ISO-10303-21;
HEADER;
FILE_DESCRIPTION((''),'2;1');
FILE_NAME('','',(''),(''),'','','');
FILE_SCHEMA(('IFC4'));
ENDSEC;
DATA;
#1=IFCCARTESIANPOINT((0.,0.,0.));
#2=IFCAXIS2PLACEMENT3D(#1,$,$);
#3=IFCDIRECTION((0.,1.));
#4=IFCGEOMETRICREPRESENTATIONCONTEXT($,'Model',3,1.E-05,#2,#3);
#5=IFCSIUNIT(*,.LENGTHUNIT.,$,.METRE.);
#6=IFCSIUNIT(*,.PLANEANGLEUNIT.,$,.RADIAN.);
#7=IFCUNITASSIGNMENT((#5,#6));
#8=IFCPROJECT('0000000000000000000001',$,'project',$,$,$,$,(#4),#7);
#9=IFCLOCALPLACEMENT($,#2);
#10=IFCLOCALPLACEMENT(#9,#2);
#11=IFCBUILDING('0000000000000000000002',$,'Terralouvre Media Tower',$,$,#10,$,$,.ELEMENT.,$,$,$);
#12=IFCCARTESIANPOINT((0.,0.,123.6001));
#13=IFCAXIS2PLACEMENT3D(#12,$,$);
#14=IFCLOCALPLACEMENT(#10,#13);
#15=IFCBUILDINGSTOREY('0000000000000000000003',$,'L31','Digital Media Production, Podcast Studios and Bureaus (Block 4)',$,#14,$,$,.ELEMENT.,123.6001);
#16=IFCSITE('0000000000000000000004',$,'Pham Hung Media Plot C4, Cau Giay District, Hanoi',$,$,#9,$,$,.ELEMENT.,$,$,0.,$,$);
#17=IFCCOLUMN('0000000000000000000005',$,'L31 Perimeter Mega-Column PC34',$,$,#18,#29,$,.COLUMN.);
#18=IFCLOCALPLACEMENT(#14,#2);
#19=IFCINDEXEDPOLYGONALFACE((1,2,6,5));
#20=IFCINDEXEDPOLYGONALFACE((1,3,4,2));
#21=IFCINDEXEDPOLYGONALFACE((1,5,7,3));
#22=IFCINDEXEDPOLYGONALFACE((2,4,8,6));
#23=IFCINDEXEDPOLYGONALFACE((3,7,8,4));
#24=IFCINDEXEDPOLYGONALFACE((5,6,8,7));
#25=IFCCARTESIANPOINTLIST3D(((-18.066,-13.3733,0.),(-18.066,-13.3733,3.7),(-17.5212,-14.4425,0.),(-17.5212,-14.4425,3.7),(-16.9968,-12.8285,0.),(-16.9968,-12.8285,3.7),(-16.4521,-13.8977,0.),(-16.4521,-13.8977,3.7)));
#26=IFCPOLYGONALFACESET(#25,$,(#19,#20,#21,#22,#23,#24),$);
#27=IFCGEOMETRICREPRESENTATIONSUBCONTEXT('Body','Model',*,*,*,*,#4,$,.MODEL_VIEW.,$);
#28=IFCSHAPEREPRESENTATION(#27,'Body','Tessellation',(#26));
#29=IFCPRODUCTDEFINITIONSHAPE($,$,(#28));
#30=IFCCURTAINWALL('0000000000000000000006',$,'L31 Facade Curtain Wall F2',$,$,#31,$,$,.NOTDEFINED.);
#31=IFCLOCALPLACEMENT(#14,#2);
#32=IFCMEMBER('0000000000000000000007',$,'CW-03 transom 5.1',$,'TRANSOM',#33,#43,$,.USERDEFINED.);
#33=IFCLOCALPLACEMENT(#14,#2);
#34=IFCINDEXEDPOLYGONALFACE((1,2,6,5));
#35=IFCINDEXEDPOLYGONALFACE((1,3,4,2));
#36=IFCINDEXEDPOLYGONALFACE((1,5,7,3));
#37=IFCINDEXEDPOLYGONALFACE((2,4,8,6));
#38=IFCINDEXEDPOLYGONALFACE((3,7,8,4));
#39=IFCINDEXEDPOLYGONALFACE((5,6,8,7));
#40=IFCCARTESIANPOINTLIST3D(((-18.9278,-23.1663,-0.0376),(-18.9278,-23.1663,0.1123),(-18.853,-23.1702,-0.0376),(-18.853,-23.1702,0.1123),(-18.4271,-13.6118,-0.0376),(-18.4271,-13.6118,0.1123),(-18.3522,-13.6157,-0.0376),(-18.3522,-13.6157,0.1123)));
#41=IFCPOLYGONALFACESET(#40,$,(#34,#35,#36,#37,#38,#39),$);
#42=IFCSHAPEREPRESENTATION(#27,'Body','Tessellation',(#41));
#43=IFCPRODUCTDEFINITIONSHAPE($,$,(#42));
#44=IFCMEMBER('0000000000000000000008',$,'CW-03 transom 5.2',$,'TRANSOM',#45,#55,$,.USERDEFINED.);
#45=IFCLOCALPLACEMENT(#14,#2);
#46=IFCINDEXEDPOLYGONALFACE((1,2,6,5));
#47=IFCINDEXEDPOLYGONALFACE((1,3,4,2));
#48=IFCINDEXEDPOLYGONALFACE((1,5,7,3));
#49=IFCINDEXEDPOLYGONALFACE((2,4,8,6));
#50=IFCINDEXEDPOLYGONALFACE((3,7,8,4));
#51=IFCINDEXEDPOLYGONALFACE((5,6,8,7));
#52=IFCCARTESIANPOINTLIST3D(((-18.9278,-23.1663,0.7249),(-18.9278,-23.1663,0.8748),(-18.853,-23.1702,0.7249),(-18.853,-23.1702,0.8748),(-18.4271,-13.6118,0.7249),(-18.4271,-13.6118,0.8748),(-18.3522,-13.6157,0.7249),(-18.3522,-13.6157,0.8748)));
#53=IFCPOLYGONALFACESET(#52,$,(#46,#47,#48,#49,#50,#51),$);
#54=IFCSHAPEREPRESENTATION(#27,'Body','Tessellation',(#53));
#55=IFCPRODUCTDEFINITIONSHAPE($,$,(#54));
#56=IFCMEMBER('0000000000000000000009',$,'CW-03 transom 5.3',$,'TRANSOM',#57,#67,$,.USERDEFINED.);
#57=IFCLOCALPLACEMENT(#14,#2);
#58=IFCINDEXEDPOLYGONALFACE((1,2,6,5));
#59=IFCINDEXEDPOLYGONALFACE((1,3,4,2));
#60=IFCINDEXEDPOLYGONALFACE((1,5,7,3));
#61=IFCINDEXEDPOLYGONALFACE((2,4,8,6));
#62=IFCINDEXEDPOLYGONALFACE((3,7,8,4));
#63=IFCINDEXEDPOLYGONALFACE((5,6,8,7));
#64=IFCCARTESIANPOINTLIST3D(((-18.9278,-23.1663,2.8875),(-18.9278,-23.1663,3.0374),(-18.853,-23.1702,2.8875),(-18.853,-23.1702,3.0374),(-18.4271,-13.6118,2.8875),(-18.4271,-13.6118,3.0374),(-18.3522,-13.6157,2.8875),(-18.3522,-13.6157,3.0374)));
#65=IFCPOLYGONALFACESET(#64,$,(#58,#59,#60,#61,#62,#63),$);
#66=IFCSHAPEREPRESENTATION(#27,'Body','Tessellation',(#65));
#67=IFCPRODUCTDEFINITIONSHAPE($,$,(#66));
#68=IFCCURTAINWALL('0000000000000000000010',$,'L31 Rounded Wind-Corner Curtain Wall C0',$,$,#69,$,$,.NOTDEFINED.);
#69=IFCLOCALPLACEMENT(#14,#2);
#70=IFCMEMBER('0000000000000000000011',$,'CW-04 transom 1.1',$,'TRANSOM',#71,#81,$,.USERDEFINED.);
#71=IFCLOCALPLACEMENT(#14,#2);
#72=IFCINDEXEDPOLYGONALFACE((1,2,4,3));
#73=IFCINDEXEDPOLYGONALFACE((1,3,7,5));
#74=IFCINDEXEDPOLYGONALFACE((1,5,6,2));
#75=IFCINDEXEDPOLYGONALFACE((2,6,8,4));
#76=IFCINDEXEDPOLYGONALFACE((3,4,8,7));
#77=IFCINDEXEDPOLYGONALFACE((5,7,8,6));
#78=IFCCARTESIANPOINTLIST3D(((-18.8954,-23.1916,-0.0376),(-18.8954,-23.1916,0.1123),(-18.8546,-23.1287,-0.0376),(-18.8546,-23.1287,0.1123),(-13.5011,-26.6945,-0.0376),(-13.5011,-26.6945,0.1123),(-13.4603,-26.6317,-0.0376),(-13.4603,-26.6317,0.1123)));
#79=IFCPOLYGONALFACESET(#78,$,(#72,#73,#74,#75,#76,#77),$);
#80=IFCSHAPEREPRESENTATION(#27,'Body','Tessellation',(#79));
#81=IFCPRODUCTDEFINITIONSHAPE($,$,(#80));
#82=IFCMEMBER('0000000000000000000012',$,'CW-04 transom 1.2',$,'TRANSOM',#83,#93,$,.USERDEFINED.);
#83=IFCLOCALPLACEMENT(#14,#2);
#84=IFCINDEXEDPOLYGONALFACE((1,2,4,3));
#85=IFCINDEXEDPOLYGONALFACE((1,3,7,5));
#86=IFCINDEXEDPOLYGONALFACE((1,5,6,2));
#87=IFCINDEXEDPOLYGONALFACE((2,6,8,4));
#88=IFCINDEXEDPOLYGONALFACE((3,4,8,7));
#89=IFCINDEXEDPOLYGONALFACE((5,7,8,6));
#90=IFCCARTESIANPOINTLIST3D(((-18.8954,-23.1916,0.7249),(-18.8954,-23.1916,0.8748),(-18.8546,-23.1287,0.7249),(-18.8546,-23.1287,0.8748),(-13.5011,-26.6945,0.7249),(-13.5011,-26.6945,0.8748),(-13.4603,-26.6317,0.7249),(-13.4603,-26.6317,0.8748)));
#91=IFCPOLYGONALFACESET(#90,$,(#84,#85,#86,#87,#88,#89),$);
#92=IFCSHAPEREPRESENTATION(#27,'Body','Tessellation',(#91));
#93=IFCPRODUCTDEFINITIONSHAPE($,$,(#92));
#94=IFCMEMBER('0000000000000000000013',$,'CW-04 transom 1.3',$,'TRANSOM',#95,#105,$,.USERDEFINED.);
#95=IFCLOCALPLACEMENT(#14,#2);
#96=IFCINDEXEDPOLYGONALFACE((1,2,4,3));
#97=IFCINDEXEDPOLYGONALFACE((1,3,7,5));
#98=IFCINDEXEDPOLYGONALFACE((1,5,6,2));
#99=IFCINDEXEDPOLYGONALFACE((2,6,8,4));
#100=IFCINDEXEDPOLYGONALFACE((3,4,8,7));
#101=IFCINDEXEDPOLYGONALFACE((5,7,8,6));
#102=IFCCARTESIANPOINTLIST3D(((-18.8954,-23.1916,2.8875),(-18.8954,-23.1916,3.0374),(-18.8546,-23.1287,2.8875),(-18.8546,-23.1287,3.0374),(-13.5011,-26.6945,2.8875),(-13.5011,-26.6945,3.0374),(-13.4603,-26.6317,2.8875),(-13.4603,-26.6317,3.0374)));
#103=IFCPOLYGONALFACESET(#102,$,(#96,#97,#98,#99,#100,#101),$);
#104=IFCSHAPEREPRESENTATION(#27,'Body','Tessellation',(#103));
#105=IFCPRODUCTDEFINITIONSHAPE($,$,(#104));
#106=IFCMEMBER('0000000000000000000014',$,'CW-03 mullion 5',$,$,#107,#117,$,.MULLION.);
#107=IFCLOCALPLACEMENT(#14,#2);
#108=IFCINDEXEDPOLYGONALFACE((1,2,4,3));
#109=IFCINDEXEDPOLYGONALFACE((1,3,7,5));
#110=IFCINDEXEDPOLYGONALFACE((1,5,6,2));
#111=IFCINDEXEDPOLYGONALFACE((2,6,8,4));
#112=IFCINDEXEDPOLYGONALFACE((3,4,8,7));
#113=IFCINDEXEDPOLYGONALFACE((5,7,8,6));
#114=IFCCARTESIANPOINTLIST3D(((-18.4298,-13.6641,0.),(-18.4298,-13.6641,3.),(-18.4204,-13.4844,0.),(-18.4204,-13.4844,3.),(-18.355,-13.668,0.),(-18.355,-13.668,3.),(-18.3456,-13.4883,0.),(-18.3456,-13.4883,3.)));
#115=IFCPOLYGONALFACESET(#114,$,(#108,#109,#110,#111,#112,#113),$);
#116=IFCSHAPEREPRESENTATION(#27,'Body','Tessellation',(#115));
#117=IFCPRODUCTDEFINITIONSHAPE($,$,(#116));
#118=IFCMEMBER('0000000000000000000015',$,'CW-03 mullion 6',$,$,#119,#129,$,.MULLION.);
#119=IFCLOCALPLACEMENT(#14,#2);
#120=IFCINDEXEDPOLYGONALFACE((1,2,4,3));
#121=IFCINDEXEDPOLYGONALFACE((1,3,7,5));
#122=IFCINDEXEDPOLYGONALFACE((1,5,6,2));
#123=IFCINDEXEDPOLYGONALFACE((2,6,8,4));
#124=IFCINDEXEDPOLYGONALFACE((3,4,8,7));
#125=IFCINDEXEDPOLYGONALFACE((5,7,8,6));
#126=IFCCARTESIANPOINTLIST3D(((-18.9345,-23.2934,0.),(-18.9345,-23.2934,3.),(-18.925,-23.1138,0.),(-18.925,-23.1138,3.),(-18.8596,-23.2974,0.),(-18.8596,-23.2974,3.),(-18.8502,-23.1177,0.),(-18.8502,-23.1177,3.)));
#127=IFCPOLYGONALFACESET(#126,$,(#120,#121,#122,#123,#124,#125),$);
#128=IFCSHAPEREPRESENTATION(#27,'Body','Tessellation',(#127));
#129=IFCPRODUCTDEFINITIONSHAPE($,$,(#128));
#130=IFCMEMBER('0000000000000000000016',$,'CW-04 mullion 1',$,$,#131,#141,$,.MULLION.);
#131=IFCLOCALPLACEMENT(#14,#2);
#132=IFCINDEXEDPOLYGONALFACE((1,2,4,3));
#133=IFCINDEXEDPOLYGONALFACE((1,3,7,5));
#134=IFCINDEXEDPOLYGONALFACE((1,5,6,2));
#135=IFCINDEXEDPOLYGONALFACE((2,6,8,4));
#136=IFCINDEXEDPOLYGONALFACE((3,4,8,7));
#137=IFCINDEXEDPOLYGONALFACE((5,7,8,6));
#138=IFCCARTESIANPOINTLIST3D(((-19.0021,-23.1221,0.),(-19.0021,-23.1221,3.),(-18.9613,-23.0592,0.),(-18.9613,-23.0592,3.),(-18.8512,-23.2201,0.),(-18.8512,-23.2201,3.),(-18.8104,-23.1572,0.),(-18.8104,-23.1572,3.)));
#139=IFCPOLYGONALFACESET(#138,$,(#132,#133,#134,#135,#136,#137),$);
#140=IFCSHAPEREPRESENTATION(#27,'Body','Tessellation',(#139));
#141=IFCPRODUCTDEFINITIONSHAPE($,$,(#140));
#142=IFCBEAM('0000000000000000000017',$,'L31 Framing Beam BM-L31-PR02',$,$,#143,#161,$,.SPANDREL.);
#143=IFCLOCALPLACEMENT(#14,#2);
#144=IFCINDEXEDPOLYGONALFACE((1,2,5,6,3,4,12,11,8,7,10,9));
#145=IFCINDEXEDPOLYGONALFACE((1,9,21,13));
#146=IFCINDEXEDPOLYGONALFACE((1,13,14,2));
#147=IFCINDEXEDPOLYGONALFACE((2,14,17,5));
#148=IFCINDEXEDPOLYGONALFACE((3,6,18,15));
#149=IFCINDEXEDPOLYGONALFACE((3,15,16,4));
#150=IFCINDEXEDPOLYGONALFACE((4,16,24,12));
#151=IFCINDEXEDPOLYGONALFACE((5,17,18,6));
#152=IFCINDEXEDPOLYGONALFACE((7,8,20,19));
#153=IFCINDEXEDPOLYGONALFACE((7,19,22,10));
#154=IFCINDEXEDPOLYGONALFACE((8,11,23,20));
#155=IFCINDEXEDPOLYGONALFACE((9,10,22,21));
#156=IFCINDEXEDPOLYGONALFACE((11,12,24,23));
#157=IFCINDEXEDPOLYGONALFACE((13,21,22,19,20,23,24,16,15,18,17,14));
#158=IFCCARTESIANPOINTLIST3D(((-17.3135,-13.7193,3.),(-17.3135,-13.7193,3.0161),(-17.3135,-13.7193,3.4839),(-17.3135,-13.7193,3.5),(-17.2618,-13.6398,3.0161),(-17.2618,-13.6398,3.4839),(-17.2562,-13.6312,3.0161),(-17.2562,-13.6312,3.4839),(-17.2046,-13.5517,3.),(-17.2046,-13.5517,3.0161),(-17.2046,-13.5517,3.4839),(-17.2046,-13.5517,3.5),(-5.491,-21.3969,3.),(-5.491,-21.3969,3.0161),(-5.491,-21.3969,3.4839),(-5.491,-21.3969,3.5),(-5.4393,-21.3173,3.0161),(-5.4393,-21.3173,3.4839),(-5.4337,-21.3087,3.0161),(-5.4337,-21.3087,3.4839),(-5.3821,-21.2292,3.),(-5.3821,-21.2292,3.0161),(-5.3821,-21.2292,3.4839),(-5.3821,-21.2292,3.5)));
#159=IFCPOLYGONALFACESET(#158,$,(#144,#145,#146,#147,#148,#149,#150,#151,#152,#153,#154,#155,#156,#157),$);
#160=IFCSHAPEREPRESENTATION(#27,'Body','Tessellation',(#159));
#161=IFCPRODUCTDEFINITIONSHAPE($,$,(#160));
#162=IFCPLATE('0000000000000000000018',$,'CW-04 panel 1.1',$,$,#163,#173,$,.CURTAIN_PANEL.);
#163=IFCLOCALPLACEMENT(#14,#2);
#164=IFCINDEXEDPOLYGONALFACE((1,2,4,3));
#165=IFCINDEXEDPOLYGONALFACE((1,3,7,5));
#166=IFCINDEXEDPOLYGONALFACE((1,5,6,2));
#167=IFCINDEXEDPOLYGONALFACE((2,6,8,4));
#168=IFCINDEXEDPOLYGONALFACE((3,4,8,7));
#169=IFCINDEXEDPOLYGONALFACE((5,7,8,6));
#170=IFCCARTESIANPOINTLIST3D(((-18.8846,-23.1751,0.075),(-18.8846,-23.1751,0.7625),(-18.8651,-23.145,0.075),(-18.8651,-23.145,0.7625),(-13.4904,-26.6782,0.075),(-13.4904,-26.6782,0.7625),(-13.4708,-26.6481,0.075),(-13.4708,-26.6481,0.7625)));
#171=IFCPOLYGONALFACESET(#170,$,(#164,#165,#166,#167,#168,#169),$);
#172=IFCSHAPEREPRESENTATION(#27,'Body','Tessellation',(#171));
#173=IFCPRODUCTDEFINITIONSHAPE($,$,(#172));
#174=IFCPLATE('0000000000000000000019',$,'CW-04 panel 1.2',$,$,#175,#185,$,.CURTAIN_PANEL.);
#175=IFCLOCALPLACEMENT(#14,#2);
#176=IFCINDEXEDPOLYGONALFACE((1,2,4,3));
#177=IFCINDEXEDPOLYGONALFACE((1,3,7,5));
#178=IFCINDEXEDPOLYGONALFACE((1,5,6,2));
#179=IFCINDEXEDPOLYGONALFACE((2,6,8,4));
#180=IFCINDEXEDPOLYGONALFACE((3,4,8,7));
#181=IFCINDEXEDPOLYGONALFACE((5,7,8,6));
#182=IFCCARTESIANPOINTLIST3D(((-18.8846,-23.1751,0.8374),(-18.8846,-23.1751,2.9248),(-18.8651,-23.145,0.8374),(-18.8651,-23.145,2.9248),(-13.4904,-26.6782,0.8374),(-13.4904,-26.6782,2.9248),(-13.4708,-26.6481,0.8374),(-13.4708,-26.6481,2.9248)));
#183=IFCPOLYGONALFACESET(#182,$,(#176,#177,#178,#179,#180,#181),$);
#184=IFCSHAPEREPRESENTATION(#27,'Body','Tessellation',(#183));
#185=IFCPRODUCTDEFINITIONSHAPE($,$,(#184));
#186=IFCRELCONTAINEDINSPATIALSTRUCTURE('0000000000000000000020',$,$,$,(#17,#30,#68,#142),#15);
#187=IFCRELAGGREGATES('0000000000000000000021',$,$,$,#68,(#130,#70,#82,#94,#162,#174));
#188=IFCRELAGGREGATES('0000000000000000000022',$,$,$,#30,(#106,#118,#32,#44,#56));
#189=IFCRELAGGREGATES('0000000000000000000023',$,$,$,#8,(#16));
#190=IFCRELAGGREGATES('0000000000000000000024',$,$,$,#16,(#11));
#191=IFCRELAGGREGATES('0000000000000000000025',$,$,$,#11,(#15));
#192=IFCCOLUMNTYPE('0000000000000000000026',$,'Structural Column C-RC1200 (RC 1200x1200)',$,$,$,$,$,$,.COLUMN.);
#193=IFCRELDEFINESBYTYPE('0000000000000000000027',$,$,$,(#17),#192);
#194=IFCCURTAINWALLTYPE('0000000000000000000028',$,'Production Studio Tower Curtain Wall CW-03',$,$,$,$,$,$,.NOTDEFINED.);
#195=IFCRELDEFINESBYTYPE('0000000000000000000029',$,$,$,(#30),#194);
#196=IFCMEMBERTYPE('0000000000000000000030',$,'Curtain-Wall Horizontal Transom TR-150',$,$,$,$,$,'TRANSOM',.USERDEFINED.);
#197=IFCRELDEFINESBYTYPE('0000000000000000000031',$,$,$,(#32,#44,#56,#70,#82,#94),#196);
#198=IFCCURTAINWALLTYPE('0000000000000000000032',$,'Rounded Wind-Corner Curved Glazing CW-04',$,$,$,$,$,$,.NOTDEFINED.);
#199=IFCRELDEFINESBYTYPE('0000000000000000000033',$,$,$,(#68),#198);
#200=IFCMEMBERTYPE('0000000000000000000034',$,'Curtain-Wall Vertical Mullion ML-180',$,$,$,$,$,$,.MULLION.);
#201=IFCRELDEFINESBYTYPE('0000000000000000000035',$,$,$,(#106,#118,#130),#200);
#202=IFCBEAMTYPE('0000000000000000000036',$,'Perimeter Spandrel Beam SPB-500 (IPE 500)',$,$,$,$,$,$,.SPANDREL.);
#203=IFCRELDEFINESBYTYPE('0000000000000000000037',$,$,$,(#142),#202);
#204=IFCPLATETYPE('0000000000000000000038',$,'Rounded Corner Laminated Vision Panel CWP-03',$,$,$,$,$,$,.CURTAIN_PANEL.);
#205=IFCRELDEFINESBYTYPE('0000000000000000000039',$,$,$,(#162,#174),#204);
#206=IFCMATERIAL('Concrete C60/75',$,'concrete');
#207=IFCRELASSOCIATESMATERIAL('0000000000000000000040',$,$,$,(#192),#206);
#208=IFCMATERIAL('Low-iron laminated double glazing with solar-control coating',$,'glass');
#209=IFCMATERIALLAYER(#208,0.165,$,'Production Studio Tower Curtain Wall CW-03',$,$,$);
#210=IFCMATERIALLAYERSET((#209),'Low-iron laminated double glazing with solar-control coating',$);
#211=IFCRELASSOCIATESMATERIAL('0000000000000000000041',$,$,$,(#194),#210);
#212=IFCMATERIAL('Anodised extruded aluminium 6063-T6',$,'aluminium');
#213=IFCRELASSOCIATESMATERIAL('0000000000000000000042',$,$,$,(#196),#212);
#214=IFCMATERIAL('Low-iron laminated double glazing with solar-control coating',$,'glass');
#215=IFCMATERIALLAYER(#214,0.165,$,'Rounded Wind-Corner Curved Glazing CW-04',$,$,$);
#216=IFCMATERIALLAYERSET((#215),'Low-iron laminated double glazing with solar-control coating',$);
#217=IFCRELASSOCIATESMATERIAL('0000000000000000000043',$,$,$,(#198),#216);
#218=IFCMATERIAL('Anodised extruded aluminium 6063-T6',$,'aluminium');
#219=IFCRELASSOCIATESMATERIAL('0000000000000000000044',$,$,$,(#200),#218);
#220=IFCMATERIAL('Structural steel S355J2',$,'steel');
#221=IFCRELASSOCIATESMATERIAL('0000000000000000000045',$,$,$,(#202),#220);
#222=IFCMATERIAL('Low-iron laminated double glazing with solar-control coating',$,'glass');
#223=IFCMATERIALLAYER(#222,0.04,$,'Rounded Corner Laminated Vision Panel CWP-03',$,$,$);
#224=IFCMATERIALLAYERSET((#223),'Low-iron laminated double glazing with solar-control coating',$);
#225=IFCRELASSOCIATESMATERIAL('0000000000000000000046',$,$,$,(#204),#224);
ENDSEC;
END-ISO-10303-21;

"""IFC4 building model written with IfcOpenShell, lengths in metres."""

from ifc_helpers import new_model, si_unit, direction, frame, origin, origin_2d, place, context, subcontext, project, spatial, rectangle, i_section, extrude, material, layer, layer_set, material_profile, profile_set, type_object, element, aggregate, save


model = new_model("IFC4")

# Units and contexts
model_context = context("Model", 3, precision=1e-05, world=origin(), true_north=direction((0.0, 1.0)))
body_context = subcontext(model_context, "Body", "Model", "MODEL_VIEW")
ifc_project = project(units=[si_unit("LENGTHUNIT", "METRE"), si_unit("PLANEANGLEUNIT", "RADIAN")], contexts=[model_context])

# Site, building, storey
site_placement = place(None, origin())
site = spatial("IfcSite", under=ifc_project, at=site_placement, Name="Pham Hung Media Plot C4, Cau Giay District, Hanoi", CompositionType="ELEMENT", RefElevation=0.0)
building_placement = place(site_placement, origin())
building = spatial("IfcBuilding", under=site, at=building_placement, Name="Terralouvre Media Tower", CompositionType="ELEMENT")
storey_placement = place(building_placement, frame((0.0, 0.0, 123.6001)))
storey = spatial("IfcBuildingStorey", under=building, at=storey_placement, Name="L31", Description="Digital Media Production, Podcast Studios and Bureaus (Block 4)", CompositionType="ELEMENT", Elevation=123.6001)

# Column
ifc_material_1 = material(Name="Concrete C60/75", Category="concrete")
ifc_material_profile_1 = material_profile(ifc_material_1, rectangle(XDim=1.2, YDim=1.2, at=origin_2d()), Name="RC 1200x1200")
ifc_profile_set_1 = profile_set([ifc_material_profile_1], Name="Concrete C60/75")
column_type = type_object("IfcColumnType", Name="Structural Column C-RC1200 (RC 1200x1200)", PredefinedType="COLUMN", material=ifc_profile_set_1)
column_placement = place(storey_placement, frame((-17.259, -13.6355, 0.0), z_axis=(0.0, 0.0, 1.0), x_axis=(0.891007, 0.45399, 0.0)))
element("IfcColumn", 1, at=column_placement, inside=storey, type_object=column_type, Name="L31 Perimeter Mega-Column PC34", PredefinedType="COLUMN", context=body_context, shape_type="SweptSolid", body=[
    extrude(rectangle(XDim=1.2, YDim=1.2, at=origin_2d()), origin(), (0.0, 0.0, 1.0), 3.7),
])

# Curtain walls, members
ifc_material_2 = material(Name="Low-iron laminated double glazing with solar-control coating", Category="glass")
ifc_layer_1 = layer(ifc_material_2, 0.165, Name="Production Studio Tower Curtain Wall CW-03")
ifc_layer_set_1 = layer_set([ifc_layer_1], Name="Low-iron laminated double glazing with solar-control coating")
curtain_wall_type_1 = type_object("IfcCurtainWallType", Name="Production Studio Tower Curtain Wall CW-03", PredefinedType="NOTDEFINED", material=ifc_layer_set_1)
curtain_wall_1_placement = place(storey_placement, origin())
curtain_wall_1 = element("IfcCurtainWall", 2, at=curtain_wall_1_placement, inside=storey, type_object=curtain_wall_type_1, Name="L31 Facade Curtain Wall F2", PredefinedType="NOTDEFINED")
ifc_material_3 = material(Name="Anodised extruded aluminium 6063-T6", Category="aluminium")
ifc_material_profile_2 = material_profile(ifc_material_3, rectangle(XDim=0.075, YDim=0.1499, at=origin_2d()), Name="ALU 75x150")
ifc_profile_set_2 = profile_set([ifc_material_profile_2], Name="Anodised extruded aluminium 6063-T6")
member_type_1 = type_object("IfcMemberType", Name="Curtain-Wall Horizontal Transom TR-150", ElementType="TRANSOM", PredefinedType="USERDEFINED", material=ifc_profile_set_2)
member_1_placement = place(storey_placement, frame((-18.3896, -13.6138, 0.0374), z_axis=(-0.052337, -0.99863, 0.0), x_axis=(0.99863, -0.052337, 0.0)))
member_1 = element("IfcMember", 3, at=member_1_placement, type_object=member_type_1, Name="CW-03 transom 5.1", ObjectType="TRANSOM", PredefinedType="USERDEFINED", context=body_context, shape_type="SweptSolid", body=[
    extrude(rectangle(XDim=0.075, YDim=0.1499, at=origin_2d()), origin(), (0.0, 0.0, 1.0), 9.5676),
])
member_2_placement = place(storey_placement, frame((-18.3896, -13.6138, 0.7998), z_axis=(-0.052337, -0.99863, 0.0), x_axis=(0.99863, -0.052337, 0.0)))
member_2 = element("IfcMember", 4, at=member_2_placement, type_object=member_type_1, Name="CW-03 transom 5.2", ObjectType="TRANSOM", PredefinedType="USERDEFINED", context=body_context, shape_type="SweptSolid", body=[
    extrude(rectangle(XDim=0.075, YDim=0.1499, at=origin_2d()), origin(), (0.0, 0.0, 1.0), 9.5676),
])
member_3_placement = place(storey_placement, frame((-18.3896, -13.6138, 2.9624), z_axis=(-0.052337, -0.99863, 0.0), x_axis=(0.99863, -0.052337, 0.0)))
member_3 = element("IfcMember", 5, at=member_3_placement, type_object=member_type_1, Name="CW-03 transom 5.3", ObjectType="TRANSOM", PredefinedType="USERDEFINED", context=body_context, shape_type="SweptSolid", body=[
    extrude(rectangle(XDim=0.075, YDim=0.1499, at=origin_2d()), origin(), (0.0, 0.0, 1.0), 9.5676),
])
ifc_material_4 = material(Name="Low-iron laminated double glazing with solar-control coating", Category="glass")
ifc_layer_2 = layer(ifc_material_4, 0.165, Name="Rounded Wind-Corner Curved Glazing CW-04")
ifc_layer_set_2 = layer_set([ifc_layer_2], Name="Low-iron laminated double glazing with solar-control coating")
curtain_wall_type_2 = type_object("IfcCurtainWallType", Name="Rounded Wind-Corner Curved Glazing CW-04", PredefinedType="NOTDEFINED", material=ifc_layer_set_2)
curtain_wall_2_placement = place(storey_placement, origin())
curtain_wall_2 = element("IfcCurtainWall", 6, at=curtain_wall_2_placement, inside=storey, type_object=curtain_wall_type_2, Name="L31 Rounded Wind-Corner Curtain Wall C0", PredefinedType="NOTDEFINED")
member_4_placement = place(storey_placement, frame((-18.875, -23.1602, 0.0374), z_axis=(0.838682, -0.544621, 0.0), x_axis=(0.544621, 0.838682, 0.0)))
member_4 = element("IfcMember", 7, at=member_4_placement, type_object=member_type_1, Name="CW-04 transom 1.1", ObjectType="TRANSOM", PredefinedType="USERDEFINED", context=body_context, shape_type="SweptSolid", body=[
    extrude(rectangle(XDim=0.075, YDim=0.1499, at=origin_2d()), origin(), (0.0, 0.0, 1.0), 6.4319),
])
member_5_placement = place(storey_placement, frame((-18.875, -23.1602, 0.7998), z_axis=(0.838682, -0.544621, 0.0), x_axis=(0.544621, 0.838682, 0.0)))
member_5 = element("IfcMember", 8, at=member_5_placement, type_object=member_type_1, Name="CW-04 transom 1.2", ObjectType="TRANSOM", PredefinedType="USERDEFINED", context=body_context, shape_type="SweptSolid", body=[
    extrude(rectangle(XDim=0.075, YDim=0.1499, at=origin_2d()), origin(), (0.0, 0.0, 1.0), 6.4319),
])
member_6_placement = place(storey_placement, frame((-18.875, -23.1602, 2.9624), z_axis=(0.838682, -0.544621, 0.0), x_axis=(0.544621, 0.838682, 0.0)))
member_6 = element("IfcMember", 9, at=member_6_placement, type_object=member_type_1, Name="CW-04 transom 1.3", ObjectType="TRANSOM", PredefinedType="USERDEFINED", context=body_context, shape_type="SweptSolid", body=[
    extrude(rectangle(XDim=0.075, YDim=0.1499, at=origin_2d()), origin(), (0.0, 0.0, 1.0), 6.4319),
])

# Members
ifc_material_5 = material(Name="Anodised extruded aluminium 6063-T6", Category="aluminium")
ifc_material_profile_3 = material_profile(ifc_material_5, rectangle(XDim=0.075, YDim=0.1799, at=origin_2d()), Name="ALU 75x180")
ifc_profile_set_3 = profile_set([ifc_material_profile_3], Name="Anodised extruded aluminium 6063-T6")
member_type_2 = type_object("IfcMemberType", Name="Curtain-Wall Vertical Mullion ML-180", PredefinedType="MULLION", material=ifc_profile_set_3)
member_7_placement = place(storey_placement, frame((-18.3877, -13.5762, 0.0), z_axis=(0.0, 0.0, 1.0), x_axis=(0.99863, -0.052336, 0.0)))
member_7 = element("IfcMember", 10, at=member_7_placement, type_object=member_type_2, Name="CW-03 mullion 5", PredefinedType="MULLION", context=body_context, shape_type="SweptSolid", body=[
    extrude(rectangle(XDim=0.075, YDim=0.1799, at=origin_2d()), origin(), (0.0, 0.0, 1.0), 3.0),
])
member_8_placement = place(storey_placement, frame((-18.8923, -23.2056, 0.0), z_axis=(0.0, 0.0, 1.0), x_axis=(0.99863, -0.052336, 0.0)))
member_8 = element("IfcMember", 11, at=member_8_placement, type_object=member_type_2, Name="CW-03 mullion 6", PredefinedType="MULLION", context=body_context, shape_type="SweptSolid", body=[
    extrude(rectangle(XDim=0.075, YDim=0.1799, at=origin_2d()), origin(), (0.0, 0.0, 1.0), 3.0),
])
member_9_placement = place(storey_placement, frame((-18.9062, -23.1396, 0.0), z_axis=(0.0, 0.0, 1.0), x_axis=(0.544639, 0.83867, 0.0)))
member_9 = element("IfcMember", 12, at=member_9_placement, type_object=member_type_2, Name="CW-04 mullion 1", PredefinedType="MULLION", context=body_context, shape_type="SweptSolid", body=[
    extrude(rectangle(XDim=0.075, YDim=0.1799, at=origin_2d()), origin(), (0.0, 0.0, 1.0), 3.0),
])

# Beam
ifc_material_6 = material(Name="Structural steel S355J2", Category="steel")
ifc_material_profile_4 = material_profile(ifc_material_6, i_section(OverallWidth=0.2, OverallDepth=0.5, WebThickness=0.0103, FlangeThickness=0.0161, at=origin_2d()), Name="IPE 500")
ifc_profile_set_4 = profile_set([ifc_material_profile_4], Name="Structural steel S355J2")
beam_type = type_object("IfcBeamType", Name="Perimeter Spandrel Beam SPB-500 (IPE 500)", PredefinedType="SPANDREL", material=ifc_profile_set_4)
beam_placement = place(storey_placement, frame((-17.259, -13.6355, 3.25), z_axis=(0.838675, -0.544632, 0.0), x_axis=(0.544632, 0.838675, 0.0)))
element("IfcBeam", 13, at=beam_placement, inside=storey, type_object=beam_type, Name="L31 Framing Beam BM-L31-PR02", PredefinedType="SPANDREL", context=body_context, shape_type="SweptSolid", body=[
    extrude(i_section(OverallWidth=0.2, OverallDepth=0.5, WebThickness=0.0103, FlangeThickness=0.0161, at=origin_2d()), origin(), (0.0, 0.0, 1.0), 14.0967),
])

# Plates
ifc_material_7 = material(Name="Low-iron laminated double glazing with solar-control coating", Category="glass")
ifc_layer_3 = layer(ifc_material_7, 0.04, Name="Rounded Corner Laminated Vision Panel CWP-03")
ifc_layer_set_3 = layer_set([ifc_layer_3], Name="Low-iron laminated double glazing with solar-control coating")
plate_type_1 = type_object("IfcPlateType", Name="Rounded Corner Laminated Vision Panel CWP-03", PredefinedType="CURTAIN_PANEL", material=ifc_layer_set_3)
plate_1_placement = place(storey_placement, frame((-16.1777, -24.9116, 0.075), z_axis=(0.0, 0.0, 1.0), x_axis=(0.83867, -0.544639, 0.0)))
plate_1 = element("IfcPlate", 14, at=plate_1_placement, type_object=plate_type_1, Name="CW-04 panel 1.1", PredefinedType="CURTAIN_PANEL", context=body_context, shape_type="SweptSolid", body=[
    extrude(rectangle(XDim=6.4319, YDim=0.0359, at=origin_2d()), origin(), (0.0, 0.0, 1.0), 0.6875),
])
plate_2_placement = place(storey_placement, frame((-16.1777, -24.9116, 0.8374), z_axis=(0.0, 0.0, 1.0), x_axis=(0.83867, -0.544639, 0.0)))
plate_2 = element("IfcPlate", 15, at=plate_2_placement, type_object=plate_type_1, Name="CW-04 panel 1.2", PredefinedType="CURTAIN_PANEL", context=body_context, shape_type="SweptSolid", body=[
    extrude(rectangle(XDim=6.4319, YDim=0.0359, at=origin_2d()), origin(), (0.0, 0.0, 1.0), 2.0874),
])
aggregate(curtain_wall_2, [member_9, member_4, member_5, member_6, plate_1, plate_2])
aggregate(curtain_wall_1, [member_7, member_8, member_1, member_2, member_3])

save(model, "model.ifc")
